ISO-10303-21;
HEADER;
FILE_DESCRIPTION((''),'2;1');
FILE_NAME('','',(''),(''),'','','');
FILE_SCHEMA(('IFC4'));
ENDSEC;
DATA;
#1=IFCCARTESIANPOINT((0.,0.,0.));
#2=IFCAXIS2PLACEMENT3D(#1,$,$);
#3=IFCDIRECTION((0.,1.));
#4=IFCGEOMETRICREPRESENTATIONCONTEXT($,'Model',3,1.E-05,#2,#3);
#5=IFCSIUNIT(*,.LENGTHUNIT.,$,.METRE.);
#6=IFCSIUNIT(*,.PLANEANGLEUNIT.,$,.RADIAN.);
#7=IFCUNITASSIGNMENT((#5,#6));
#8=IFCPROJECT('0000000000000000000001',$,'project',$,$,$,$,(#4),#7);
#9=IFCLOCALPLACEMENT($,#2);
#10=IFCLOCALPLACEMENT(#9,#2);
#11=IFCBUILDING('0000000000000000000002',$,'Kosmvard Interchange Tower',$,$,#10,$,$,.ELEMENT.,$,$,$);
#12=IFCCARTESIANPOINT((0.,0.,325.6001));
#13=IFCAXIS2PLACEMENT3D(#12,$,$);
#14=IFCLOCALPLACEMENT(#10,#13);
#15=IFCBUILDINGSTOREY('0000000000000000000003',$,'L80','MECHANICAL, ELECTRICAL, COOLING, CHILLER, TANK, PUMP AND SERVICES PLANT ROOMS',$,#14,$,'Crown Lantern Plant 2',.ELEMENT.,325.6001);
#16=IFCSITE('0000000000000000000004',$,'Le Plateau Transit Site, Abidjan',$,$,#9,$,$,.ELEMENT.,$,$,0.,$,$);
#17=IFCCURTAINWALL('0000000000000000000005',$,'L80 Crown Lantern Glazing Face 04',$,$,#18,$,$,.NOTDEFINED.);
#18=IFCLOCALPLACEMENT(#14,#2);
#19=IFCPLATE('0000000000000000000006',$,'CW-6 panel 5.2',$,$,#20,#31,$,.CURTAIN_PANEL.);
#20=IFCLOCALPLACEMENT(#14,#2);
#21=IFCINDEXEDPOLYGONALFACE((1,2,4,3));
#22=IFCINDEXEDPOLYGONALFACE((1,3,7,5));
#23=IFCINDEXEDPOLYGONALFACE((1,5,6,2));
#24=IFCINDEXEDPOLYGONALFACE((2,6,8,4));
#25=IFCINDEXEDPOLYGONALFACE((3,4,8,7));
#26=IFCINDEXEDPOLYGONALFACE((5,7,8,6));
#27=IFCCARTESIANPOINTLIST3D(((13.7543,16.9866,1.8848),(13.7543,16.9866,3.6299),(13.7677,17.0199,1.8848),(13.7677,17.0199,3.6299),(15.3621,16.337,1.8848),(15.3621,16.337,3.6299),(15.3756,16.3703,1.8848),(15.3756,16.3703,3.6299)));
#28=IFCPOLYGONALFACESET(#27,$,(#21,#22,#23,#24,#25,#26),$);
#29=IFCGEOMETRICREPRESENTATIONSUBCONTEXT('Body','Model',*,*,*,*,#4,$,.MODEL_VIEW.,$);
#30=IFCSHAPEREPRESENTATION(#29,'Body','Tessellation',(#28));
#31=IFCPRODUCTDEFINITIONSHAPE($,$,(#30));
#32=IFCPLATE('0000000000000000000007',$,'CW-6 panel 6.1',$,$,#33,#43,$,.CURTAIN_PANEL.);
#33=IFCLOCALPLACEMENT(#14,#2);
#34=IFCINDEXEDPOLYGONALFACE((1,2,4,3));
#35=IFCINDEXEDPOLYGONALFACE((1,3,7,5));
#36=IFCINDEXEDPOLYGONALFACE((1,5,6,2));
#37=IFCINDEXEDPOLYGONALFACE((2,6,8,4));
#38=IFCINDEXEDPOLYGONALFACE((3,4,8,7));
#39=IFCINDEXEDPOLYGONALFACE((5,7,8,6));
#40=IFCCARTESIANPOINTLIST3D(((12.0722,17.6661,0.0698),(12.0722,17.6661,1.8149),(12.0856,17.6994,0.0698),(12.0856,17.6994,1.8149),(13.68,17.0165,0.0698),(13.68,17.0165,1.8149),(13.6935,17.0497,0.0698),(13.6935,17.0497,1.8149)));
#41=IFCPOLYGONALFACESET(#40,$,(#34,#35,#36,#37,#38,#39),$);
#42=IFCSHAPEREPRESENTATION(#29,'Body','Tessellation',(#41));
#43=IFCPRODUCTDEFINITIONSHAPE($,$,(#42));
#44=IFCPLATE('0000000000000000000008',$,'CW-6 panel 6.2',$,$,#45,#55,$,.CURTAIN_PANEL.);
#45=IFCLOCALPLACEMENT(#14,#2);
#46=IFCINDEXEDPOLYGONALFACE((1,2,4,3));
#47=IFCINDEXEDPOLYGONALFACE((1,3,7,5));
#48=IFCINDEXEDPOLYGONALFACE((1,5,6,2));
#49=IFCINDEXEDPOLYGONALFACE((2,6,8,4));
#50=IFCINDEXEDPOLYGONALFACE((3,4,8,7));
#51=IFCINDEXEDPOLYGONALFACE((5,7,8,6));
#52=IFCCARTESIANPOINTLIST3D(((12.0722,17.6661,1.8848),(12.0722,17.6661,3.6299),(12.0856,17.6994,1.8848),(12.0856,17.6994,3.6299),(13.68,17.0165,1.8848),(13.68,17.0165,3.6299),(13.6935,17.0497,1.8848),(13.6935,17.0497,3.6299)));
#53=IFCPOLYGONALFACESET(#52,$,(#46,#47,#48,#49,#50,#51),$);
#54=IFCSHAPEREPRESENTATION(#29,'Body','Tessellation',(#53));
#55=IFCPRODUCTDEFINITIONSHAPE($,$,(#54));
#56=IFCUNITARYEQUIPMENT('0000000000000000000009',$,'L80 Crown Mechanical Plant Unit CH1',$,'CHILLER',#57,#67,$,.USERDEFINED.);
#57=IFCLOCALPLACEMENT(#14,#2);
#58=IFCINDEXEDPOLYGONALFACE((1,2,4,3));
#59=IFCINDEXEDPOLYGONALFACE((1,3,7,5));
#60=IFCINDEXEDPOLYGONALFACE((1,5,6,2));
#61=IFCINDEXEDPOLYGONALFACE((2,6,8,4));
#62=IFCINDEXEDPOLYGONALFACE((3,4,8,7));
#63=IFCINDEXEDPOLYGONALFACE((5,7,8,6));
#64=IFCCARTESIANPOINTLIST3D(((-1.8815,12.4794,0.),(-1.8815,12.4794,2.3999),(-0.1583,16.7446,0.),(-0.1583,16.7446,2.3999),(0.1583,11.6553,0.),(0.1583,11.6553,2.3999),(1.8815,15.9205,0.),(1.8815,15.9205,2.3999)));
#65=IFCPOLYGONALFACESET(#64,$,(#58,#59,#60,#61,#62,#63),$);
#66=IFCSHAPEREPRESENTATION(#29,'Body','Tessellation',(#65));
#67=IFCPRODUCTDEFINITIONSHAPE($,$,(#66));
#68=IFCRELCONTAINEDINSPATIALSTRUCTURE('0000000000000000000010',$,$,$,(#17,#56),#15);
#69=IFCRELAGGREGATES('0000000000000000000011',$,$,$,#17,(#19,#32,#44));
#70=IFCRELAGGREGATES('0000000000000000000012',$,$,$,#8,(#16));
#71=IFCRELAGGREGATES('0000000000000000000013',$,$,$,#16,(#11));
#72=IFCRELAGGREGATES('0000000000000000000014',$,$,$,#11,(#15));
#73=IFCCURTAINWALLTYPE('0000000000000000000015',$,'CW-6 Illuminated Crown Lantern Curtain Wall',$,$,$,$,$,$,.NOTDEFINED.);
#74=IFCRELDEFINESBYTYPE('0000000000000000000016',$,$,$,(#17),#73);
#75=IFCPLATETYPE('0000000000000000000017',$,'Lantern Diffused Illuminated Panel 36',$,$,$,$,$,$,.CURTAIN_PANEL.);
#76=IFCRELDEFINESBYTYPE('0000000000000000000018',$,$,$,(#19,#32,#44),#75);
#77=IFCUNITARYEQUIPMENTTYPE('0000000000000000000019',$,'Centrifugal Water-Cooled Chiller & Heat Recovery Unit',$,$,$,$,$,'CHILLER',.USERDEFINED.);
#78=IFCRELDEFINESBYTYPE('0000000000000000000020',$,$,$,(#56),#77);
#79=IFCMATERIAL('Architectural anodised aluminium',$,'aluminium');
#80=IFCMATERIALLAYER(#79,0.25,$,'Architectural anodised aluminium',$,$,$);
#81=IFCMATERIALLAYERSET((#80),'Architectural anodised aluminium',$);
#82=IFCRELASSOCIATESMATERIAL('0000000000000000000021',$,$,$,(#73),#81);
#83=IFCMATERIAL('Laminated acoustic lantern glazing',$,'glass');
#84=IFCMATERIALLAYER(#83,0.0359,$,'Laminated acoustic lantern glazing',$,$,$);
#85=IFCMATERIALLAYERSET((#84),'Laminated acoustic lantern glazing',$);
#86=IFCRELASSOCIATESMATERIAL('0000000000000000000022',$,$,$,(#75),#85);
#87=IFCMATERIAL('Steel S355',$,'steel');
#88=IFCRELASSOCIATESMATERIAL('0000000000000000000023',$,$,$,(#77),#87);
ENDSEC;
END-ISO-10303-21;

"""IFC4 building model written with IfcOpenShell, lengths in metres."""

from ifc_helpers import new_model, si_unit, direction, frame, origin, origin_2d, place, context, subcontext, project, spatial, rectangle, extrude, source, transform, mapped, material, layer, layer_set, type_object, element, aggregate, save


model = new_model("IFC4")

# Units and contexts
model_context = context("Model", 3, precision=1e-05, world=origin(), true_north=direction((0.0, 1.0)))
body_context = subcontext(model_context, "Body", "Model", "MODEL_VIEW")
ifc_project = project(units=[si_unit("LENGTHUNIT", "METRE"), si_unit("PLANEANGLEUNIT", "RADIAN")], contexts=[model_context])

# Site, building, storey
site_placement = place(None, origin())
site = spatial("IfcSite", under=ifc_project, at=site_placement, Name="Le Plateau Transit Site, Abidjan", CompositionType="ELEMENT", RefElevation=0.0)
building_placement = place(site_placement, origin())
building = spatial("IfcBuilding", under=site, at=building_placement, Name="Kosmvard Interchange Tower", CompositionType="ELEMENT")
storey_placement = place(building_placement, frame((0.0, 0.0, 325.6001)))
storey = spatial("IfcBuildingStorey", under=building, at=storey_placement, Name="L80", Description="MECHANICAL, ELECTRICAL, COOLING, CHILLER, TANK, PUMP AND SERVICES PLANT ROOMS", LongName="Crown Lantern Plant 2", CompositionType="ELEMENT", Elevation=325.6001)

# Shared definitions
ifc_material_1 = material(Name="Steel S355", Category="steel")

# Curtain wall
ifc_material_2 = material(Name="Architectural anodised aluminium", Category="aluminium")
ifc_layer_1 = layer(ifc_material_2, 0.25, Name="Architectural anodised aluminium")
ifc_layer_set_1 = layer_set([ifc_layer_1], Name="Architectural anodised aluminium")
curtain_wall_type = type_object("IfcCurtainWallType", Name="CW-6 Illuminated Crown Lantern Curtain Wall", PredefinedType="NOTDEFINED", material=ifc_layer_set_1)
curtain_wall_placement = place(storey_placement, origin())
curtain_wall = element("IfcCurtainWall", 1, at=curtain_wall_placement, inside=storey, type_object=curtain_wall_type, Name="L80 Crown Lantern Glazing Face 04", PredefinedType="NOTDEFINED")

# Plates
ifc_material_3 = material(Name="Laminated acoustic lantern glazing", Category="glass")
ifc_layer_2 = layer(ifc_material_3, 0.0359, Name="Laminated acoustic lantern glazing")
ifc_layer_set_2 = layer_set([ifc_layer_2], Name="Laminated acoustic lantern glazing")
plate_type_1 = type_object("IfcPlateType", Name="Lantern Diffused Illuminated Panel 36", PredefinedType="CURTAIN_PANEL", material=ifc_layer_set_2)
shared_shape_1 = source(origin(), body_context, "Body", "SweptSolid", [
    extrude(rectangle(XDim=1.7341, YDim=0.0359, at=origin_2d()), origin(), (0.0, 0.0, 1.0), 1.7451),
])
plate_1_placement = place(storey_placement, frame((14.5649, 16.6785, 1.8848), z_axis=(0.0, 0.0, 1.0), x_axis=(-0.927184, 0.374607, 0.0)))
plate_1 = element("IfcPlate", 2, at=plate_1_placement, type_object=plate_type_1, Name="CW-6 panel 5.2", PredefinedType="CURTAIN_PANEL", context=body_context, shape_type="MappedRepresentation", body=[
    mapped(shared_shape_1, transform((0.0, 0.0, 0.0), scale=1.0)),
])
plate_2_placement = place(storey_placement, frame((12.8828, 17.3579, 0.0698), z_axis=(0.0, 0.0, 1.0), x_axis=(-0.927184, 0.374607, 0.0)))
plate_2 = element("IfcPlate", 3, at=plate_2_placement, type_object=plate_type_1, Name="CW-6 panel 6.1", PredefinedType="CURTAIN_PANEL", context=body_context, shape_type="MappedRepresentation", body=[
    mapped(shared_shape_1, transform((0.0, 0.0, 0.0), scale=1.0)),
])
plate_3_placement = place(storey_placement, frame((12.8828, 17.3579, 1.8848), z_axis=(0.0, 0.0, 1.0), x_axis=(-0.927184, 0.374607, 0.0)))
plate_3 = element("IfcPlate", 4, at=plate_3_placement, type_object=plate_type_1, Name="CW-6 panel 6.2", PredefinedType="CURTAIN_PANEL", context=body_context, shape_type="MappedRepresentation", body=[
    mapped(shared_shape_1, transform((0.0, 0.0, 0.0), scale=1.0)),
])
aggregate(curtain_wall, [plate_1, plate_2, plate_3])

# Unitary equipment
unitary_equipment_type = type_object("IfcUnitaryEquipmentType", Name="Centrifugal Water-Cooled Chiller & Heat Recovery Unit", ElementType="CHILLER", PredefinedType="USERDEFINED", material=ifc_material_1)
shared_shape_2 = source(origin(), body_context, "Body", "SweptSolid", [
    extrude(rectangle(XDim=4.6001, YDim=2.2, at=origin_2d()), origin(), (0.0, 0.0, 1.0), 2.3999),
])
unitary_equipment_placement = place(storey_placement, frame((0.0, 14.2, 0.0), z_axis=(0.0, 0.0, 1.0), x_axis=(0.374607, 0.927184, 0.0)))
element("IfcUnitaryEquipment", 5, at=unitary_equipment_placement, inside=storey, type_object=unitary_equipment_type, Name="L80 Crown Mechanical Plant Unit CH1", ObjectType="CHILLER", PredefinedType="USERDEFINED", context=body_context, shape_type="MappedRepresentation", body=[
    mapped(shared_shape_2, transform((0.0, 0.0, 0.0), scale=1.0)),
])

save(model, "model.ifc")
